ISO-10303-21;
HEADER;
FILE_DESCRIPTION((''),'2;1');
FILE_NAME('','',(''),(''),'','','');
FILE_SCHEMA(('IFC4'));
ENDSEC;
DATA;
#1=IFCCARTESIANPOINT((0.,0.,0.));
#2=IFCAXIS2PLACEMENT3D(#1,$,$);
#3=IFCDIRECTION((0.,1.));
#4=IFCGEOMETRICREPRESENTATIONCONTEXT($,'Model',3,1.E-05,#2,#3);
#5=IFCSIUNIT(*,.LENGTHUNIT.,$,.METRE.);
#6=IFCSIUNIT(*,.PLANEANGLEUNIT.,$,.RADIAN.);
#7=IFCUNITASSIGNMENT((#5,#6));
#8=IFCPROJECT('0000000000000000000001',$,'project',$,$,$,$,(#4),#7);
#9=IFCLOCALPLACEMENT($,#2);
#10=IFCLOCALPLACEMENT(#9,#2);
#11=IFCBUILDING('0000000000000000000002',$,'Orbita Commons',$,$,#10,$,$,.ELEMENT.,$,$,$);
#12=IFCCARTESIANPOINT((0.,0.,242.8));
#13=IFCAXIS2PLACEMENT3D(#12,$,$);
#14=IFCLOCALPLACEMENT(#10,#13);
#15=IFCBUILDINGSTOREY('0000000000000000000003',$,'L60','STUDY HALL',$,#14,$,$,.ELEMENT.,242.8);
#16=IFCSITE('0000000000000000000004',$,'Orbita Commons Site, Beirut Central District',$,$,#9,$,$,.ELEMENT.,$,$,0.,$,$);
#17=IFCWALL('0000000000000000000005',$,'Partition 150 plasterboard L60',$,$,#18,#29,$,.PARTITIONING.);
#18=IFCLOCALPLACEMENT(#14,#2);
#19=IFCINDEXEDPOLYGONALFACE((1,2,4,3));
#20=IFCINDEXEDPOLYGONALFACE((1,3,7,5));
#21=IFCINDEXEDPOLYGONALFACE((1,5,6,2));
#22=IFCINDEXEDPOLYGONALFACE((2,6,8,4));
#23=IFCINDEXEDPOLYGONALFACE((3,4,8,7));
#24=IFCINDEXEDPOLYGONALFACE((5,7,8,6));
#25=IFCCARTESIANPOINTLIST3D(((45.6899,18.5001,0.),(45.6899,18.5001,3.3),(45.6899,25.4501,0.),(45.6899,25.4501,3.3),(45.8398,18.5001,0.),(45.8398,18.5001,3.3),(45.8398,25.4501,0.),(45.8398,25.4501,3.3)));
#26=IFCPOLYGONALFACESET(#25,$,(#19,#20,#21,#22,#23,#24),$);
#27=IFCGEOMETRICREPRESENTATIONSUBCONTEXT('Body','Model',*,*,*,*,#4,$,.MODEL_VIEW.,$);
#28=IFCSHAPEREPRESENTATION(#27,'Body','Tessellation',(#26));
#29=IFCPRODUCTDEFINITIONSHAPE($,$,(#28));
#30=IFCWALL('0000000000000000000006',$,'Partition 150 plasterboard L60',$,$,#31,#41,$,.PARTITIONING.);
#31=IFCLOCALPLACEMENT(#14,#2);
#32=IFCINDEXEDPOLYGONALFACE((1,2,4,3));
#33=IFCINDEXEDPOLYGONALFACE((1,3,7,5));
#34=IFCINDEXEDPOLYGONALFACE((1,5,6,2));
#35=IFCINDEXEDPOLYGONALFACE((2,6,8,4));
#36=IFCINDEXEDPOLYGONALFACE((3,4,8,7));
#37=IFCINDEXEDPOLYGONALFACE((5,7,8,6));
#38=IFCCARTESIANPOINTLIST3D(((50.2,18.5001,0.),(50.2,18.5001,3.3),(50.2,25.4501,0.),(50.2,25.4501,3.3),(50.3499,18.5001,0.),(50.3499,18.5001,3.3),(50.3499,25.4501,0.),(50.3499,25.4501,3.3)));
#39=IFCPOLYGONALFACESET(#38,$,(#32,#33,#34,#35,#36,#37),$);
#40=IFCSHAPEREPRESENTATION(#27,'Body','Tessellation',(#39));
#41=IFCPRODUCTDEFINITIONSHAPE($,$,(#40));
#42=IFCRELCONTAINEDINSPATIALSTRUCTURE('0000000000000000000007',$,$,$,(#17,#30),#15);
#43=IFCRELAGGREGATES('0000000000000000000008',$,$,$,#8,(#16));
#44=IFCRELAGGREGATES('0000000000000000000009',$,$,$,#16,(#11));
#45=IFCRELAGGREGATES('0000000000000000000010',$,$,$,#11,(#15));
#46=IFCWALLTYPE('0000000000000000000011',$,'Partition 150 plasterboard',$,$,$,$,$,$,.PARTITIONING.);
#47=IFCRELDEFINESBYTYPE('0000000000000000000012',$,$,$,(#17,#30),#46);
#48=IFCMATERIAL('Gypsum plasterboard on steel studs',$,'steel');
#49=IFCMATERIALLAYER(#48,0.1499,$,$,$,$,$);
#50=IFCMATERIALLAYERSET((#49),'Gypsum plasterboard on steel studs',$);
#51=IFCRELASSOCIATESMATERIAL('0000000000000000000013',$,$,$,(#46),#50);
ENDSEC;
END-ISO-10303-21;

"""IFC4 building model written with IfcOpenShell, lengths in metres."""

from ifc_helpers import new_model, si_unit, direction, frame, frame_2d, origin, place, context, subcontext, project, spatial, rectangle, extrude, material, layer, layer_set, type_object, element, save


model = new_model("IFC4")

# Units and contexts
model_context = context("Model", 3, precision=1e-05, world=origin(), true_north=direction((0.0, 1.0)))
body_context = subcontext(model_context, "Body", "Model", "MODEL_VIEW")
ifc_project = project(units=[si_unit("LENGTHUNIT", "METRE"), si_unit("PLANEANGLEUNIT", "RADIAN")], contexts=[model_context])

# Site, building, storey
site_placement = place(None, origin())
site = spatial("IfcSite", under=ifc_project, at=site_placement, Name="Orbita Commons Site, Beirut Central District", CompositionType="ELEMENT", RefElevation=0.0)
building_placement = place(site_placement, origin())
building = spatial("IfcBuilding", under=site, at=building_placement, Name="Orbita Commons", CompositionType="ELEMENT")
storey_placement = place(building_placement, frame((0.0, 0.0, 242.8)))
storey = spatial("IfcBuildingStorey", under=building, at=storey_placement, Name="L60", Description="STUDY HALL", CompositionType="ELEMENT", Elevation=242.8)

# Walls
ifc_material_1 = material(Name="Gypsum plasterboard on steel studs", Category="steel")
ifc_layer_1 = layer(ifc_material_1, 0.1499)
ifc_layer_set_1 = layer_set([ifc_layer_1], Name="Gypsum plasterboard on steel studs")
wall_type_1 = type_object("IfcWallType", Name="Partition 150 plasterboard", PredefinedType="PARTITIONING", material=ifc_layer_set_1)
for number, where, z_axis, x_axis, name in (
    (1, (45.7649, 18.5, 0.0), (0.0, 0.0, 1.0), (0.0, 1.0, 0.0), "Partition 150 plasterboard L60"),
    (2, (50.2749, 18.5, 0.0), (0.0, 0.0, 1.0), (0.0, 1.0, 0.0), "Partition 150 plasterboard L60"),
):
    element("IfcWall", number, at=place(storey_placement, frame(where, z_axis=z_axis, x_axis=x_axis)), inside=storey, type_object=wall_type_1, Name=name, PredefinedType="PARTITIONING", context=body_context, shape_type="SweptSolid", body=[
        extrude(rectangle(XDim=6.95, YDim=0.1499, at=frame_2d((3.4751, 0.0))), origin(), (0.0, 0.0, 1.0), 3.3),
    ])

save(model, "model.ifc")
